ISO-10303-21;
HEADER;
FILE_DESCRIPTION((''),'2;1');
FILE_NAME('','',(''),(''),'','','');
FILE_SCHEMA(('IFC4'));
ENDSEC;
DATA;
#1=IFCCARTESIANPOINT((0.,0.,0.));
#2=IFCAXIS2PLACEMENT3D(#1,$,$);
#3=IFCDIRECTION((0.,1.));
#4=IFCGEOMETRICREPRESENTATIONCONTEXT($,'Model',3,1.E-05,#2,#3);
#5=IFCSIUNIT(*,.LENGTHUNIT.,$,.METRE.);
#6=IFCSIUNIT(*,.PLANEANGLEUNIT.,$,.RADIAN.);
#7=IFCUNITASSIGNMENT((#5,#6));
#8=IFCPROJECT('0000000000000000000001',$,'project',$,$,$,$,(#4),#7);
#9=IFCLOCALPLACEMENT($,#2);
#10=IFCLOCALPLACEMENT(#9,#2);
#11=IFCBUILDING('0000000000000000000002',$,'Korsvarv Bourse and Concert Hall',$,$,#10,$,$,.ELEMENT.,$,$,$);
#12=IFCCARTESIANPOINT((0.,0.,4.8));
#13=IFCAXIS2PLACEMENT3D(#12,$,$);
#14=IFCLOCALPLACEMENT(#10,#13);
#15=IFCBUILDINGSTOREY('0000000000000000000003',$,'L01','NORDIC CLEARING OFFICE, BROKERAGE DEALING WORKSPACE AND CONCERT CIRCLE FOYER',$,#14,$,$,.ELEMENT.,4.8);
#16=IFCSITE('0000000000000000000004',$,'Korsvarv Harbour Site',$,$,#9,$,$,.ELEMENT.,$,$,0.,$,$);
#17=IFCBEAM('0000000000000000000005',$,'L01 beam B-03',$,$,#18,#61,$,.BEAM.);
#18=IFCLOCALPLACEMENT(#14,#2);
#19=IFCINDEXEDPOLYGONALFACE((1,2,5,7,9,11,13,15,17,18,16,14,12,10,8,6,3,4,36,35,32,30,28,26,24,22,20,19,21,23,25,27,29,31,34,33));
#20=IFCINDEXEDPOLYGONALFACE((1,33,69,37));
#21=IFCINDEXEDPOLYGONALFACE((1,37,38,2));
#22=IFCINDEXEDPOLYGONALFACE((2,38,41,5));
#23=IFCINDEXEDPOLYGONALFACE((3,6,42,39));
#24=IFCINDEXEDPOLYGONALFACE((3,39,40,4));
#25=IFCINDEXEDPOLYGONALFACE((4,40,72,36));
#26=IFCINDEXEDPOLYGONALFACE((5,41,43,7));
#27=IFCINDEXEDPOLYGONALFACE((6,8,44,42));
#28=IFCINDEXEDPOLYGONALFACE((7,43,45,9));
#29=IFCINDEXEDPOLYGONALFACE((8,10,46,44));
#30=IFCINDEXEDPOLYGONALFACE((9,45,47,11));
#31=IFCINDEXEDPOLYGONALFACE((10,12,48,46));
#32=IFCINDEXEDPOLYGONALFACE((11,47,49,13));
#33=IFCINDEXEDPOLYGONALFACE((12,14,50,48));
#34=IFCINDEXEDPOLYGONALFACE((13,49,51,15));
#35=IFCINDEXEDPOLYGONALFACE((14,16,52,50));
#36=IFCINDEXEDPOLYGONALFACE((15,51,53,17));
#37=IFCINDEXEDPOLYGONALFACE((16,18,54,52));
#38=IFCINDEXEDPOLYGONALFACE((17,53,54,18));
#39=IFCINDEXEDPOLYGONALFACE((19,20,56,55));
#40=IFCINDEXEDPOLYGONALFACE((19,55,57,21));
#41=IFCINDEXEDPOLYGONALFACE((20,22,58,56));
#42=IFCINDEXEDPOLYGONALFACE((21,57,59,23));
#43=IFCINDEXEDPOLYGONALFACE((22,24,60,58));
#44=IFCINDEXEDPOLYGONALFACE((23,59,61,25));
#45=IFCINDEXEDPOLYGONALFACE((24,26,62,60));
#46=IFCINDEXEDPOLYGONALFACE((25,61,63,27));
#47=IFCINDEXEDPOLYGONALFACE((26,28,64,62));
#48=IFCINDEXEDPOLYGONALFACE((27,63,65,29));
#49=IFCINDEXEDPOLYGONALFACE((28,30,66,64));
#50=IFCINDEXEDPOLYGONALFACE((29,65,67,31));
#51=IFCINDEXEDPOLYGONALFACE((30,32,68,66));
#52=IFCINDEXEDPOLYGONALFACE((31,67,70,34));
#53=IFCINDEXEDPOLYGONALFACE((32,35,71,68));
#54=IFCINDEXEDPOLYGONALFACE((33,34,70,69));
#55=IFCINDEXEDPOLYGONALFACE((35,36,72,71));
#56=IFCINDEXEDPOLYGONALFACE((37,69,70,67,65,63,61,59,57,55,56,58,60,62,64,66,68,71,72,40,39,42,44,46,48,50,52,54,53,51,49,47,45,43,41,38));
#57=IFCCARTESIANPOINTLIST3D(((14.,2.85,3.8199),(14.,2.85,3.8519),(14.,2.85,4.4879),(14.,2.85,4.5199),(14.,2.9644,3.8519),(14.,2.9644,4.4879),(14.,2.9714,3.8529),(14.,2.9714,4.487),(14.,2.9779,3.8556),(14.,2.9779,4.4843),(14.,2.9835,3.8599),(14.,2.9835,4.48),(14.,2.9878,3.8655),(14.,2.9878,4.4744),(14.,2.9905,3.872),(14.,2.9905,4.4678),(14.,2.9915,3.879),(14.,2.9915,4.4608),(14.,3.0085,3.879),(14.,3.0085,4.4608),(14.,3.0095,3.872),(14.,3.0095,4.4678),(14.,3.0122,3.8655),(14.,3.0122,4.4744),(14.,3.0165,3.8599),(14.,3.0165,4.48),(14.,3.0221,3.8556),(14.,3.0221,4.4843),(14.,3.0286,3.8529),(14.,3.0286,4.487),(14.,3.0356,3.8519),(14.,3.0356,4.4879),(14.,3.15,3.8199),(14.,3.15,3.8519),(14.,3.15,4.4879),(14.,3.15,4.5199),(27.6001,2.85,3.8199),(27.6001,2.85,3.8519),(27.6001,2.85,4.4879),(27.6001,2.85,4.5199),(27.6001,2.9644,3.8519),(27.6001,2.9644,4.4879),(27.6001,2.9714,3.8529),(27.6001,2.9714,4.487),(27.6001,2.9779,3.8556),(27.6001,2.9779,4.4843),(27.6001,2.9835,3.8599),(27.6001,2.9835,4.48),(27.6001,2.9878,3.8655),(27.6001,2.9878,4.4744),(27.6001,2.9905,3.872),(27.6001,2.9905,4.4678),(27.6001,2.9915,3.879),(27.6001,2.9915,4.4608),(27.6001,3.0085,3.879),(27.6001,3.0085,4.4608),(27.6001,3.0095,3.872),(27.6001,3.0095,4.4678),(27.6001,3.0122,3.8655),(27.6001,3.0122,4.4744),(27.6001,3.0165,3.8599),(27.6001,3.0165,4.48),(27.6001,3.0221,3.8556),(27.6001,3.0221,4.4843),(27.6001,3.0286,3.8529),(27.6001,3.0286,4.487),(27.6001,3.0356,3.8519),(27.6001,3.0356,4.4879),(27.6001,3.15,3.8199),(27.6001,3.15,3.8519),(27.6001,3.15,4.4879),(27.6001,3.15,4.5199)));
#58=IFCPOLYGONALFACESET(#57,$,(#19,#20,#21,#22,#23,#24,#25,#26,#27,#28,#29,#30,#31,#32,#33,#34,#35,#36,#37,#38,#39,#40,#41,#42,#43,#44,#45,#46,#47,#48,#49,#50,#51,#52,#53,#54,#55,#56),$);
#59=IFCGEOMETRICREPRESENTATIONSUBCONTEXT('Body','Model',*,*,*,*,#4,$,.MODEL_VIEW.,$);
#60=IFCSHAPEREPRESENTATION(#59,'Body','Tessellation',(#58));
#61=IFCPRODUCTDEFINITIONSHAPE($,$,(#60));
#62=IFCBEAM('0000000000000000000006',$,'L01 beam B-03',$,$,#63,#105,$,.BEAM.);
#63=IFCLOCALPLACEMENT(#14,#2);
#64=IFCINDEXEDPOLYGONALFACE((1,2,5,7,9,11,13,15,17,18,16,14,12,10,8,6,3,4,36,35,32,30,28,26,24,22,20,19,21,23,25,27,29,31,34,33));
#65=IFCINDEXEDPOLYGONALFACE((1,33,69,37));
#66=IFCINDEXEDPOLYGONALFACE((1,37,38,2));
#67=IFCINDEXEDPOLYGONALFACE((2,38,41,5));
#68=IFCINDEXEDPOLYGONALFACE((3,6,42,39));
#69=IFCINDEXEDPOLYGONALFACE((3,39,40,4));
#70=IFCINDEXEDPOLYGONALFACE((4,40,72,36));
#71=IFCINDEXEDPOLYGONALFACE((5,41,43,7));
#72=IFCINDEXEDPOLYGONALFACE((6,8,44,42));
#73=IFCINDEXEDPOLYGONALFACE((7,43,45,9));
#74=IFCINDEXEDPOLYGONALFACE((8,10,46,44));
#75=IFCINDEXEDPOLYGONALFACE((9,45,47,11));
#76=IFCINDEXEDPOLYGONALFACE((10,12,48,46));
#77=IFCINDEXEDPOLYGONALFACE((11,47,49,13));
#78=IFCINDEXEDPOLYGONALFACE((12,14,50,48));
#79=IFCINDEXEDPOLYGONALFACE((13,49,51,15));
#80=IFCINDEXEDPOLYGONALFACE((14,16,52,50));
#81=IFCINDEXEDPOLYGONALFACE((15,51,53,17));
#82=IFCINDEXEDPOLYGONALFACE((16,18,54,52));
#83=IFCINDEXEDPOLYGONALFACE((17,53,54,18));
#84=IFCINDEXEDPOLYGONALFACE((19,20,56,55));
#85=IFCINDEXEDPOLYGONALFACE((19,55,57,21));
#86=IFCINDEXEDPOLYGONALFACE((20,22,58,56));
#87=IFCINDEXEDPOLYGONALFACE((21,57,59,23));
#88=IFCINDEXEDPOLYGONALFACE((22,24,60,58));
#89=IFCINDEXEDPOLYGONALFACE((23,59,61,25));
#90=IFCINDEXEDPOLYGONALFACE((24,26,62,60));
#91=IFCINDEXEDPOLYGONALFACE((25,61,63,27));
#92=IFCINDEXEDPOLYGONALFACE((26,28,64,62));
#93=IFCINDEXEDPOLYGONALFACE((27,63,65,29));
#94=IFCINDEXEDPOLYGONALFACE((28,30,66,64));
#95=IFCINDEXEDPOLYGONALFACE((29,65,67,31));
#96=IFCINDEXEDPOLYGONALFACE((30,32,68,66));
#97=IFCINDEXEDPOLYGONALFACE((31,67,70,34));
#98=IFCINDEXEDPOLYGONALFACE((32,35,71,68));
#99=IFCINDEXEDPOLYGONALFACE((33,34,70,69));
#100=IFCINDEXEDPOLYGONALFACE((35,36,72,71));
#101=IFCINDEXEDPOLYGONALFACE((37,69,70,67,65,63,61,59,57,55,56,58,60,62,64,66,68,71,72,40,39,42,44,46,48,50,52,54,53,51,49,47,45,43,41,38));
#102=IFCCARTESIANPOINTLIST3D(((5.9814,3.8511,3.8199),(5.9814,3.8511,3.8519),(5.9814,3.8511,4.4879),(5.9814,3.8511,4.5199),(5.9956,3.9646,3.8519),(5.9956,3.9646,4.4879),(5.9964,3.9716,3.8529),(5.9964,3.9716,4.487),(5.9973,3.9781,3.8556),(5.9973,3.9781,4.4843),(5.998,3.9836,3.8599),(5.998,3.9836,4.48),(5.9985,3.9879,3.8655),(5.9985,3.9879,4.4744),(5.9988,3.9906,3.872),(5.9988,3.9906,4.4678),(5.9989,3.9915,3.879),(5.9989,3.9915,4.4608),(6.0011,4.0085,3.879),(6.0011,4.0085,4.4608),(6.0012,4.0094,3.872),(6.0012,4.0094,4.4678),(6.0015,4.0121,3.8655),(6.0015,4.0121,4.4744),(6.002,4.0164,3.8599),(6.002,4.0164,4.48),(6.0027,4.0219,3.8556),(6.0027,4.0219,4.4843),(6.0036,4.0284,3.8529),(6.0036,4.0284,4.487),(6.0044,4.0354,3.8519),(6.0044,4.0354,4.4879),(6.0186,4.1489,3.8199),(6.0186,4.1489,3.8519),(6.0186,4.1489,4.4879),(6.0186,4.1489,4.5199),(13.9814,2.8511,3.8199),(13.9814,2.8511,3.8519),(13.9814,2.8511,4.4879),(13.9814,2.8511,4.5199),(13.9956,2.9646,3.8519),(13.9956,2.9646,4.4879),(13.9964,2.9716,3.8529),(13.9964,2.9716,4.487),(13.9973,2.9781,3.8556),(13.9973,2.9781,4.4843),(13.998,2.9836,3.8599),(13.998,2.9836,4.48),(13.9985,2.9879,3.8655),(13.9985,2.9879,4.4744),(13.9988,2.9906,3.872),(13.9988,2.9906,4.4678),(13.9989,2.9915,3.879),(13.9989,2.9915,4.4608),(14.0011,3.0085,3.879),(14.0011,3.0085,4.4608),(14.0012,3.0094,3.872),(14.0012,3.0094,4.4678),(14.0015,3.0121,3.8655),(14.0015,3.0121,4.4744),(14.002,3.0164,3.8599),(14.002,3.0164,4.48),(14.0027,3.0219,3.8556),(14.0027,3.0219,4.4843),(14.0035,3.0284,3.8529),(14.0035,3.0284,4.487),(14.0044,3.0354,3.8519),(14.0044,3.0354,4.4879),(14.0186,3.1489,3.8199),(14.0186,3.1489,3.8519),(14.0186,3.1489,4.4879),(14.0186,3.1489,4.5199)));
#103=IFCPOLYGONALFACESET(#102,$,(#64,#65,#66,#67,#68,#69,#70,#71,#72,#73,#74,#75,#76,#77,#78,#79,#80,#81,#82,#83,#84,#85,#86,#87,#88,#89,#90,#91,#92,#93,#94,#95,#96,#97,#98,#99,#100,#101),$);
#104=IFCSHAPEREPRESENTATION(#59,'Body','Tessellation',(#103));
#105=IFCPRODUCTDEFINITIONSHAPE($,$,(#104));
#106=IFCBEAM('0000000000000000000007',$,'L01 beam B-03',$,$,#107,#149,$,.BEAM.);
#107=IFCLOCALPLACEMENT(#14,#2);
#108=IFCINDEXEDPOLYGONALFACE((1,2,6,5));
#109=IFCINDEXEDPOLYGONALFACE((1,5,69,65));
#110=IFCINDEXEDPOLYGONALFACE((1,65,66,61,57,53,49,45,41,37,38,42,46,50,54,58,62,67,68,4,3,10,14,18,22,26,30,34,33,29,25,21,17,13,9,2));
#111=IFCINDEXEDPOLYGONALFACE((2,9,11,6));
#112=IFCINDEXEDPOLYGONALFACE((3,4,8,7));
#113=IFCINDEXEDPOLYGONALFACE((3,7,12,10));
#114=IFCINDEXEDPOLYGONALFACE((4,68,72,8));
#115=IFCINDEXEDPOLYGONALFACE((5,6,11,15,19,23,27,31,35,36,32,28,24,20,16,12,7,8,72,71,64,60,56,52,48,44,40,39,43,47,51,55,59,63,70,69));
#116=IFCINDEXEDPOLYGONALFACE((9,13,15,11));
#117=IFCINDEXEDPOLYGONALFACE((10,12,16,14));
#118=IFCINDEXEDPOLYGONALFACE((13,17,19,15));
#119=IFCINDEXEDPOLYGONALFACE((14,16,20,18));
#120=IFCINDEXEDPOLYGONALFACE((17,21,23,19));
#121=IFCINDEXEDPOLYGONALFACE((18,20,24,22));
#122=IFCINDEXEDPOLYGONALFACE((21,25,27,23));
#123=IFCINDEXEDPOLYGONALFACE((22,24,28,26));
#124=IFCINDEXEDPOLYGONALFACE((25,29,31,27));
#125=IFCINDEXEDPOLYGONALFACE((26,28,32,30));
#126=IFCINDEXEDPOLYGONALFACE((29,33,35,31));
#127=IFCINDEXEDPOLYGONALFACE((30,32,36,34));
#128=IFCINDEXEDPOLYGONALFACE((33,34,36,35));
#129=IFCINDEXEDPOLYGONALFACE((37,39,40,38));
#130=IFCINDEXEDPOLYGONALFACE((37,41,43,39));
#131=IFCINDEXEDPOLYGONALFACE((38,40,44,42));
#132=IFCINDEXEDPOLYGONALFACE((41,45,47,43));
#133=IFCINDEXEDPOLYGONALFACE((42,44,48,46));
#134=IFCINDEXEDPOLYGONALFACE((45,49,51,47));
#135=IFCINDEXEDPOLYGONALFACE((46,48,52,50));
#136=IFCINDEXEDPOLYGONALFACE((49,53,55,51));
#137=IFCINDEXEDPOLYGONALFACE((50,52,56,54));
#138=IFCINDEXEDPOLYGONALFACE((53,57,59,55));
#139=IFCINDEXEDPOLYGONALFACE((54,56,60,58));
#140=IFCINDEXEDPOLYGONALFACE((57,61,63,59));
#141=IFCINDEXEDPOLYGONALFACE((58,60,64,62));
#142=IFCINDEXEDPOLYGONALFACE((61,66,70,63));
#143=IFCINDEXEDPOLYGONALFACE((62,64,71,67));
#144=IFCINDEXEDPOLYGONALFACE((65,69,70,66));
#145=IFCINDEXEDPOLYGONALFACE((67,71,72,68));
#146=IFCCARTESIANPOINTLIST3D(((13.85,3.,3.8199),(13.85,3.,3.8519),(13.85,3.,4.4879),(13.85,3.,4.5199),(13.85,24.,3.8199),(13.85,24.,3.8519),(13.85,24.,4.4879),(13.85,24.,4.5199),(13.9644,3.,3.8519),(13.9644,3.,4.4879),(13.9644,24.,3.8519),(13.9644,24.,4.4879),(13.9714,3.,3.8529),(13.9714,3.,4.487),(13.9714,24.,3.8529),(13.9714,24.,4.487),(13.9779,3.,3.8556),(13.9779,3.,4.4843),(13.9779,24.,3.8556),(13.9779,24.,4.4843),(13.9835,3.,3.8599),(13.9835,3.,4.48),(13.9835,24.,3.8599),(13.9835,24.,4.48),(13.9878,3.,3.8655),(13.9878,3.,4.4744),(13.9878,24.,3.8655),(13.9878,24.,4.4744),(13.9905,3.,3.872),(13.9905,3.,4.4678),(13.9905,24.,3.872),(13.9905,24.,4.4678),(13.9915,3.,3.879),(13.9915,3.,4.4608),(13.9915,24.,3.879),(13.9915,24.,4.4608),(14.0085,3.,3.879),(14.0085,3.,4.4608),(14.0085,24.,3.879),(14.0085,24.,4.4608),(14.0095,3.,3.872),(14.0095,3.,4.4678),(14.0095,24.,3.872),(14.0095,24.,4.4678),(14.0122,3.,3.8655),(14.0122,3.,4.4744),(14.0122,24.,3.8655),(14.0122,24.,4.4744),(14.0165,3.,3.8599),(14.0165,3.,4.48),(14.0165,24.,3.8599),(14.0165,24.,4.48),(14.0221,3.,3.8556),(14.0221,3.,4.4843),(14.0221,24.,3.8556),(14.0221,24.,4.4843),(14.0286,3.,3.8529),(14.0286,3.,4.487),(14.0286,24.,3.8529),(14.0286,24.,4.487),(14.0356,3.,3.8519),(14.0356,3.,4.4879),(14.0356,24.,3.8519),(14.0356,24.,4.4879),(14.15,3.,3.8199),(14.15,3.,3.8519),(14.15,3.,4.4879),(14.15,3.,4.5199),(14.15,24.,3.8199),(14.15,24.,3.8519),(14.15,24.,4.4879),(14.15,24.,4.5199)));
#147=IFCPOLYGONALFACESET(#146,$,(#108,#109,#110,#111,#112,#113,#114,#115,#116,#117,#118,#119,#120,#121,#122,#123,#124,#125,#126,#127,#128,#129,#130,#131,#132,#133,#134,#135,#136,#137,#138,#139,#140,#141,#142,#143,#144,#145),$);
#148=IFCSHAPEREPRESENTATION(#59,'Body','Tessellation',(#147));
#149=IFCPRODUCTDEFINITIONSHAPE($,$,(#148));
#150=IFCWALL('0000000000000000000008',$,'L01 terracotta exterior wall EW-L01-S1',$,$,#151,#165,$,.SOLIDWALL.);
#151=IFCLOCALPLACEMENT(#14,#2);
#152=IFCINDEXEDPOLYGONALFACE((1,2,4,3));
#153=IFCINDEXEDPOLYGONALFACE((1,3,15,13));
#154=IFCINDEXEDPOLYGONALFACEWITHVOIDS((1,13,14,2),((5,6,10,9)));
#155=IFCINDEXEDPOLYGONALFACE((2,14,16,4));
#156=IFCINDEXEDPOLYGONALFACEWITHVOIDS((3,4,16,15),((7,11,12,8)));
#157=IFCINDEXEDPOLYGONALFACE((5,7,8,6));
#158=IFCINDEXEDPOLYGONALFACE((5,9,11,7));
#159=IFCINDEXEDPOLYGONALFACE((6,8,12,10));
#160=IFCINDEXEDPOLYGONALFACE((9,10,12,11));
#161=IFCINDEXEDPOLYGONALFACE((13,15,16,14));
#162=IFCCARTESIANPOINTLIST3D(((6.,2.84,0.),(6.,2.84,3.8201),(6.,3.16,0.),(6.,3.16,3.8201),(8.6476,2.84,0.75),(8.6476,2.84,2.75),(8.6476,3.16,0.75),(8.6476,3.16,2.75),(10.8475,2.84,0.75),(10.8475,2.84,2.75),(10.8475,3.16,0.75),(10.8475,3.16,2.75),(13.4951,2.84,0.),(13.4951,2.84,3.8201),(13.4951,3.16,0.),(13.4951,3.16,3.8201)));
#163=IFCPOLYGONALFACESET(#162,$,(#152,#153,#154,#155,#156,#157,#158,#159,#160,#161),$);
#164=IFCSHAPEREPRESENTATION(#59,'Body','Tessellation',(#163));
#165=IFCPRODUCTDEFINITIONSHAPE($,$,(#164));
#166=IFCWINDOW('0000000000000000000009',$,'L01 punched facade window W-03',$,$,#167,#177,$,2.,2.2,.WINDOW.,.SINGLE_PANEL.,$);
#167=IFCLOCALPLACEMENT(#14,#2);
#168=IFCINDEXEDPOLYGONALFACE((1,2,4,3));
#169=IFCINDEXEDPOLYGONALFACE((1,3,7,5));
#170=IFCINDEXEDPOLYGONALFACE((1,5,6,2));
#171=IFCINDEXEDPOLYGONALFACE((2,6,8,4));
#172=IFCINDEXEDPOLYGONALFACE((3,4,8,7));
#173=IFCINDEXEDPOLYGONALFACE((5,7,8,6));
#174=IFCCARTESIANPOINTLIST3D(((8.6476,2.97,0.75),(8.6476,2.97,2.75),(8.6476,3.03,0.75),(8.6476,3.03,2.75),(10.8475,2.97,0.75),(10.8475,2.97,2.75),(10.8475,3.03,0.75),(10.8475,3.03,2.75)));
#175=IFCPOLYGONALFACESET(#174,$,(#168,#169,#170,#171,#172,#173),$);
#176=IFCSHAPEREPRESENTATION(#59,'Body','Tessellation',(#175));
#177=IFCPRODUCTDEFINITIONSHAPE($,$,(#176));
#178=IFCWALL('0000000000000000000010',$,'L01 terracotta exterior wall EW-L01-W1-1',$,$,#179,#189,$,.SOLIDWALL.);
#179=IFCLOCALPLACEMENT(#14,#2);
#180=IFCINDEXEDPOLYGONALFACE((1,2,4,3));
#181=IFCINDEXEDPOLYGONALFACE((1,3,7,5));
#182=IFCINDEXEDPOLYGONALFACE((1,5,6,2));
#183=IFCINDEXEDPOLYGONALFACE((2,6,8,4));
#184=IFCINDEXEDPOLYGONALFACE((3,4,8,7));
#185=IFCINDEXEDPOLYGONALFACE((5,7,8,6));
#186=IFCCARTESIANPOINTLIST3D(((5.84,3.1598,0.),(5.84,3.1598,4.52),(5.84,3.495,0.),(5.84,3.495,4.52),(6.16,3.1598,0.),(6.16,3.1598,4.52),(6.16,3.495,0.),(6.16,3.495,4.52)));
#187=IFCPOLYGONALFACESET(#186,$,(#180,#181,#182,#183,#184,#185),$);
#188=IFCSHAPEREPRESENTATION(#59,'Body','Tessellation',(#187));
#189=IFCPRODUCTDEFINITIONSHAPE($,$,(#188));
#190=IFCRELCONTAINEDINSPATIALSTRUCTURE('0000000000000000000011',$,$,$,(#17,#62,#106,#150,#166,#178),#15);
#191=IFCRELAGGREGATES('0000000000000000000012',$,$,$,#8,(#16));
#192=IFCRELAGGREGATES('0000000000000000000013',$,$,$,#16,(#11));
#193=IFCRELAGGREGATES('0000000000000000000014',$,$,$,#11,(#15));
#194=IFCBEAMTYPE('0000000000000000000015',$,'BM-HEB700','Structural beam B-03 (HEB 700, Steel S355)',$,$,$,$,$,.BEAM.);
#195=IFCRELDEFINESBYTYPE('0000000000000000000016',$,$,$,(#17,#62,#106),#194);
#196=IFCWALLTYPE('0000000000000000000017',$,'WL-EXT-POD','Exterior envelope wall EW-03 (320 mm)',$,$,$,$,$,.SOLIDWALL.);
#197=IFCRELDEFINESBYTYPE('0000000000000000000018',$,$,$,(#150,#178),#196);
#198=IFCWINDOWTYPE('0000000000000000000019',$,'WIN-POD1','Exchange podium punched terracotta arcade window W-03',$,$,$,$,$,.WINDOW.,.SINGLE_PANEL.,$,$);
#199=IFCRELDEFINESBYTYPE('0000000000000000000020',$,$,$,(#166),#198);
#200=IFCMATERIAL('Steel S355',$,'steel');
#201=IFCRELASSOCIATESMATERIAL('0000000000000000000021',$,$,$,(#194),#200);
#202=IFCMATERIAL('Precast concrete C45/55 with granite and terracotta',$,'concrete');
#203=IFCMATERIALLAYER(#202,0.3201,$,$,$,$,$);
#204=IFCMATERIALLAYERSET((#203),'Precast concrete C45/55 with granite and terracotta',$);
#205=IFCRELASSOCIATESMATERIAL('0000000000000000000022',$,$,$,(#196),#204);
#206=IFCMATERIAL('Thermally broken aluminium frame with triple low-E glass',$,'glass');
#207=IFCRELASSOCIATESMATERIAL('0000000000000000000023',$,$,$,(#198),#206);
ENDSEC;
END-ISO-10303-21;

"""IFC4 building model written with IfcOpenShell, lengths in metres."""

from ifc_helpers import new_model, si_unit, direction, frame, frame_2d, origin, origin_2d, place, context, subcontext, project, spatial, rectangle, i_section, extrude, source, transform, mapped, material, layer, layer_set, material_profile, profile_set, type_object, element, fill, save


model = new_model("IFC4")

# Units and contexts
model_context = context("Model", 3, precision=1e-05, world=origin(), true_north=direction((0.0, 1.0)))
body_context = subcontext(model_context, "Body", "Model", "MODEL_VIEW")
ifc_project = project(units=[si_unit("LENGTHUNIT", "METRE"), si_unit("PLANEANGLEUNIT", "RADIAN")], contexts=[model_context])

# Site, building, storey
site_placement = place(None, origin())
site = spatial("IfcSite", under=ifc_project, at=site_placement, Name="Korsvarv Harbour Site", CompositionType="ELEMENT", RefElevation=0.0)
building_placement = place(site_placement, origin())
building = spatial("IfcBuilding", under=site, at=building_placement, Name="Korsvarv Bourse and Concert Hall", CompositionType="ELEMENT")
storey_placement = place(building_placement, frame((0.0, 0.0, 4.8)))
storey = spatial("IfcBuildingStorey", under=building, at=storey_placement, Name="L01", Description="NORDIC CLEARING OFFICE, BROKERAGE DEALING WORKSPACE AND CONCERT CIRCLE FOYER", CompositionType="ELEMENT", Elevation=4.8)

# Shared definitions
ifc_material_1 = material(Name="Steel S355", Category="steel")

# Beams
ifc_material_profile_1 = material_profile(ifc_material_1, i_section(OverallWidth=0.3, OverallDepth=0.7, WebThickness=0.0171, FlangeThickness=0.032, FilletRadius=0.0271, at=origin_2d()), Name="HEB 700")
ifc_profile_set_1 = profile_set([ifc_material_profile_1], Name="Steel S355")
beam_type = type_object("IfcBeamType", Name="BM-HEB700", Description="Structural beam B-03 (HEB 700, Steel S355)", PredefinedType="BEAM", material=ifc_profile_set_1)
shared_shape_1 = source(origin(), body_context, "Body", "SweptSolid", [
    extrude(i_section(OverallWidth=0.3, OverallDepth=0.7, WebThickness=0.0171, FlangeThickness=0.032, FilletRadius=0.0271, at=origin_2d()), origin(), (0.0, 0.0, 1.0), 13.6001),
])
beam_1_placement = place(storey_placement, frame((14.0, 3.0, 4.1699), z_axis=(1.0, 0.0, 0.0), x_axis=(0.0, 1.0, 0.0)))
element("IfcBeam", 1, at=beam_1_placement, inside=storey, type_object=beam_type, Name="L01 beam B-03", PredefinedType="BEAM", context=body_context, shape_type="MappedRepresentation", body=[
    mapped(shared_shape_1, transform((0.0, 0.0, 0.0), scale=1.0)),
])
shared_shape_2 = source(origin(), body_context, "Body", "SweptSolid", [
    extrude(i_section(OverallWidth=0.3, OverallDepth=0.7, WebThickness=0.0171, FlangeThickness=0.032, FilletRadius=0.0271, at=origin_2d()), origin(), (0.0, 0.0, 1.0), 8.0623),
])
beam_2_placement = place(storey_placement, frame((6.0, 4.0, 4.1699), z_axis=(0.992278, -0.124035, 0.0), x_axis=(0.124035, 0.992278, 0.0)))
element("IfcBeam", 2, at=beam_2_placement, inside=storey, type_object=beam_type, Name="L01 beam B-03", PredefinedType="BEAM", context=body_context, shape_type="MappedRepresentation", body=[
    mapped(shared_shape_2, transform((0.0, 0.0, 0.0), scale=1.0)),
])
shared_shape_3 = source(origin(), body_context, "Body", "SweptSolid", [
    extrude(i_section(OverallWidth=0.3, OverallDepth=0.7, WebThickness=0.0171, FlangeThickness=0.032, FilletRadius=0.0271, at=origin_2d()), origin(), (0.0, 0.0, 1.0), 21.0),
])
beam_3_placement = place(storey_placement, frame((14.0, 3.0, 4.1699), z_axis=(0.0, 1.0, 0.0), x_axis=(-1.0, 0.0, 0.0)))
element("IfcBeam", 3, at=beam_3_placement, inside=storey, type_object=beam_type, Name="L01 beam B-03", PredefinedType="BEAM", context=body_context, shape_type="MappedRepresentation", body=[
    mapped(shared_shape_3, transform((0.0, 0.0, 0.0), scale=1.0)),
])

# Wall, opening, window
ifc_material_2 = material(Name="Precast concrete C45/55 with granite and terracotta", Category="concrete")
ifc_layer_1 = layer(ifc_material_2, 0.3201)
ifc_layer_set_1 = layer_set([ifc_layer_1], Name="Precast concrete C45/55 with granite and terracotta")
wall_type = type_object("IfcWallType", Name="WL-EXT-POD", Description="Exterior envelope wall EW-03 (320 mm)", PredefinedType="SOLIDWALL", material=ifc_layer_set_1)
wall_1_placement = place(storey_placement, frame((6.0, 3.0, 0.0), z_axis=(0.0, 0.0, 1.0), x_axis=(1.0, 0.0, 0.0)))
wall_1 = element("IfcWall", 4, at=wall_1_placement, inside=storey, type_object=wall_type, Name="L01 terracotta exterior wall EW-L01-S1", PredefinedType="SOLIDWALL", context=body_context, shape_type="SweptSolid", body=[
    extrude(rectangle(XDim=7.4951, YDim=0.3201, at=frame_2d((3.7476, 0.0))), origin(), (0.0, 0.0, 1.0), 3.8201),
])
opening_1_placement = place(wall_1_placement, frame((2.6475, 0.0, 0.75)))
opening_1 = element("IfcOpeningElement", 5, at=opening_1_placement, cuts=wall_1, PredefinedType="OPENING", context=body_context, shape_type="SweptSolid", body=[
    extrude(rectangle(XDim=2.2, YDim=2.0, at=frame_2d((1.1001, 1.0))), frame((0.0, 0.1699, 0.0), z_axis=(0.0, -1.0, 0.0), x_axis=(1.0, 0.0, 0.0)), (0.0, 0.0, 1.0), 0.3401),
])
ifc_material_3 = material(Name="Thermally broken aluminium frame with triple low-E glass", Category="glass")
window_type = type_object("IfcWindowType", Name="WIN-POD1", Description="Exchange podium punched terracotta arcade window W-03", PartitioningType="SINGLE_PANEL", PredefinedType="WINDOW", material=ifc_material_3)
window_1_placement = place(opening_1_placement, origin())
window_1 = element("IfcWindow", 6, at=window_1_placement, inside=storey, type_object=window_type, Name="L01 punched facade window W-03", OverallHeight=2.0, OverallWidth=2.2, PartitioningType="SINGLE_PANEL", PredefinedType="WINDOW", context=body_context, shape_type="SweptSolid", body=[
    extrude(rectangle(XDim=2.2, YDim=2.0, at=frame_2d((1.1001, 1.0))), frame((0.0, 0.03, 0.0), z_axis=(0.0, -1.0, 0.0), x_axis=(1.0, 0.0, 0.0)), (0.0, 0.0, 1.0), 0.0601),
])
fill(opening_1, window_1)

# Wall
wall_2_placement = place(storey_placement, frame((6.0, 3.1599, 0.0), z_axis=(0.0, 0.0, 1.0), x_axis=(0.0, 1.0, 0.0)))
element("IfcWall", 7, at=wall_2_placement, inside=storey, type_object=wall_type, Name="L01 terracotta exterior wall EW-L01-W1-1", PredefinedType="SOLIDWALL", context=body_context, shape_type="SweptSolid", body=[
    extrude(rectangle(XDim=0.3352, YDim=0.3201, at=frame_2d((0.1675, 0.0))), origin(), (0.0, 0.0, 1.0), 4.52),
])

save(model, "model.ifc")
